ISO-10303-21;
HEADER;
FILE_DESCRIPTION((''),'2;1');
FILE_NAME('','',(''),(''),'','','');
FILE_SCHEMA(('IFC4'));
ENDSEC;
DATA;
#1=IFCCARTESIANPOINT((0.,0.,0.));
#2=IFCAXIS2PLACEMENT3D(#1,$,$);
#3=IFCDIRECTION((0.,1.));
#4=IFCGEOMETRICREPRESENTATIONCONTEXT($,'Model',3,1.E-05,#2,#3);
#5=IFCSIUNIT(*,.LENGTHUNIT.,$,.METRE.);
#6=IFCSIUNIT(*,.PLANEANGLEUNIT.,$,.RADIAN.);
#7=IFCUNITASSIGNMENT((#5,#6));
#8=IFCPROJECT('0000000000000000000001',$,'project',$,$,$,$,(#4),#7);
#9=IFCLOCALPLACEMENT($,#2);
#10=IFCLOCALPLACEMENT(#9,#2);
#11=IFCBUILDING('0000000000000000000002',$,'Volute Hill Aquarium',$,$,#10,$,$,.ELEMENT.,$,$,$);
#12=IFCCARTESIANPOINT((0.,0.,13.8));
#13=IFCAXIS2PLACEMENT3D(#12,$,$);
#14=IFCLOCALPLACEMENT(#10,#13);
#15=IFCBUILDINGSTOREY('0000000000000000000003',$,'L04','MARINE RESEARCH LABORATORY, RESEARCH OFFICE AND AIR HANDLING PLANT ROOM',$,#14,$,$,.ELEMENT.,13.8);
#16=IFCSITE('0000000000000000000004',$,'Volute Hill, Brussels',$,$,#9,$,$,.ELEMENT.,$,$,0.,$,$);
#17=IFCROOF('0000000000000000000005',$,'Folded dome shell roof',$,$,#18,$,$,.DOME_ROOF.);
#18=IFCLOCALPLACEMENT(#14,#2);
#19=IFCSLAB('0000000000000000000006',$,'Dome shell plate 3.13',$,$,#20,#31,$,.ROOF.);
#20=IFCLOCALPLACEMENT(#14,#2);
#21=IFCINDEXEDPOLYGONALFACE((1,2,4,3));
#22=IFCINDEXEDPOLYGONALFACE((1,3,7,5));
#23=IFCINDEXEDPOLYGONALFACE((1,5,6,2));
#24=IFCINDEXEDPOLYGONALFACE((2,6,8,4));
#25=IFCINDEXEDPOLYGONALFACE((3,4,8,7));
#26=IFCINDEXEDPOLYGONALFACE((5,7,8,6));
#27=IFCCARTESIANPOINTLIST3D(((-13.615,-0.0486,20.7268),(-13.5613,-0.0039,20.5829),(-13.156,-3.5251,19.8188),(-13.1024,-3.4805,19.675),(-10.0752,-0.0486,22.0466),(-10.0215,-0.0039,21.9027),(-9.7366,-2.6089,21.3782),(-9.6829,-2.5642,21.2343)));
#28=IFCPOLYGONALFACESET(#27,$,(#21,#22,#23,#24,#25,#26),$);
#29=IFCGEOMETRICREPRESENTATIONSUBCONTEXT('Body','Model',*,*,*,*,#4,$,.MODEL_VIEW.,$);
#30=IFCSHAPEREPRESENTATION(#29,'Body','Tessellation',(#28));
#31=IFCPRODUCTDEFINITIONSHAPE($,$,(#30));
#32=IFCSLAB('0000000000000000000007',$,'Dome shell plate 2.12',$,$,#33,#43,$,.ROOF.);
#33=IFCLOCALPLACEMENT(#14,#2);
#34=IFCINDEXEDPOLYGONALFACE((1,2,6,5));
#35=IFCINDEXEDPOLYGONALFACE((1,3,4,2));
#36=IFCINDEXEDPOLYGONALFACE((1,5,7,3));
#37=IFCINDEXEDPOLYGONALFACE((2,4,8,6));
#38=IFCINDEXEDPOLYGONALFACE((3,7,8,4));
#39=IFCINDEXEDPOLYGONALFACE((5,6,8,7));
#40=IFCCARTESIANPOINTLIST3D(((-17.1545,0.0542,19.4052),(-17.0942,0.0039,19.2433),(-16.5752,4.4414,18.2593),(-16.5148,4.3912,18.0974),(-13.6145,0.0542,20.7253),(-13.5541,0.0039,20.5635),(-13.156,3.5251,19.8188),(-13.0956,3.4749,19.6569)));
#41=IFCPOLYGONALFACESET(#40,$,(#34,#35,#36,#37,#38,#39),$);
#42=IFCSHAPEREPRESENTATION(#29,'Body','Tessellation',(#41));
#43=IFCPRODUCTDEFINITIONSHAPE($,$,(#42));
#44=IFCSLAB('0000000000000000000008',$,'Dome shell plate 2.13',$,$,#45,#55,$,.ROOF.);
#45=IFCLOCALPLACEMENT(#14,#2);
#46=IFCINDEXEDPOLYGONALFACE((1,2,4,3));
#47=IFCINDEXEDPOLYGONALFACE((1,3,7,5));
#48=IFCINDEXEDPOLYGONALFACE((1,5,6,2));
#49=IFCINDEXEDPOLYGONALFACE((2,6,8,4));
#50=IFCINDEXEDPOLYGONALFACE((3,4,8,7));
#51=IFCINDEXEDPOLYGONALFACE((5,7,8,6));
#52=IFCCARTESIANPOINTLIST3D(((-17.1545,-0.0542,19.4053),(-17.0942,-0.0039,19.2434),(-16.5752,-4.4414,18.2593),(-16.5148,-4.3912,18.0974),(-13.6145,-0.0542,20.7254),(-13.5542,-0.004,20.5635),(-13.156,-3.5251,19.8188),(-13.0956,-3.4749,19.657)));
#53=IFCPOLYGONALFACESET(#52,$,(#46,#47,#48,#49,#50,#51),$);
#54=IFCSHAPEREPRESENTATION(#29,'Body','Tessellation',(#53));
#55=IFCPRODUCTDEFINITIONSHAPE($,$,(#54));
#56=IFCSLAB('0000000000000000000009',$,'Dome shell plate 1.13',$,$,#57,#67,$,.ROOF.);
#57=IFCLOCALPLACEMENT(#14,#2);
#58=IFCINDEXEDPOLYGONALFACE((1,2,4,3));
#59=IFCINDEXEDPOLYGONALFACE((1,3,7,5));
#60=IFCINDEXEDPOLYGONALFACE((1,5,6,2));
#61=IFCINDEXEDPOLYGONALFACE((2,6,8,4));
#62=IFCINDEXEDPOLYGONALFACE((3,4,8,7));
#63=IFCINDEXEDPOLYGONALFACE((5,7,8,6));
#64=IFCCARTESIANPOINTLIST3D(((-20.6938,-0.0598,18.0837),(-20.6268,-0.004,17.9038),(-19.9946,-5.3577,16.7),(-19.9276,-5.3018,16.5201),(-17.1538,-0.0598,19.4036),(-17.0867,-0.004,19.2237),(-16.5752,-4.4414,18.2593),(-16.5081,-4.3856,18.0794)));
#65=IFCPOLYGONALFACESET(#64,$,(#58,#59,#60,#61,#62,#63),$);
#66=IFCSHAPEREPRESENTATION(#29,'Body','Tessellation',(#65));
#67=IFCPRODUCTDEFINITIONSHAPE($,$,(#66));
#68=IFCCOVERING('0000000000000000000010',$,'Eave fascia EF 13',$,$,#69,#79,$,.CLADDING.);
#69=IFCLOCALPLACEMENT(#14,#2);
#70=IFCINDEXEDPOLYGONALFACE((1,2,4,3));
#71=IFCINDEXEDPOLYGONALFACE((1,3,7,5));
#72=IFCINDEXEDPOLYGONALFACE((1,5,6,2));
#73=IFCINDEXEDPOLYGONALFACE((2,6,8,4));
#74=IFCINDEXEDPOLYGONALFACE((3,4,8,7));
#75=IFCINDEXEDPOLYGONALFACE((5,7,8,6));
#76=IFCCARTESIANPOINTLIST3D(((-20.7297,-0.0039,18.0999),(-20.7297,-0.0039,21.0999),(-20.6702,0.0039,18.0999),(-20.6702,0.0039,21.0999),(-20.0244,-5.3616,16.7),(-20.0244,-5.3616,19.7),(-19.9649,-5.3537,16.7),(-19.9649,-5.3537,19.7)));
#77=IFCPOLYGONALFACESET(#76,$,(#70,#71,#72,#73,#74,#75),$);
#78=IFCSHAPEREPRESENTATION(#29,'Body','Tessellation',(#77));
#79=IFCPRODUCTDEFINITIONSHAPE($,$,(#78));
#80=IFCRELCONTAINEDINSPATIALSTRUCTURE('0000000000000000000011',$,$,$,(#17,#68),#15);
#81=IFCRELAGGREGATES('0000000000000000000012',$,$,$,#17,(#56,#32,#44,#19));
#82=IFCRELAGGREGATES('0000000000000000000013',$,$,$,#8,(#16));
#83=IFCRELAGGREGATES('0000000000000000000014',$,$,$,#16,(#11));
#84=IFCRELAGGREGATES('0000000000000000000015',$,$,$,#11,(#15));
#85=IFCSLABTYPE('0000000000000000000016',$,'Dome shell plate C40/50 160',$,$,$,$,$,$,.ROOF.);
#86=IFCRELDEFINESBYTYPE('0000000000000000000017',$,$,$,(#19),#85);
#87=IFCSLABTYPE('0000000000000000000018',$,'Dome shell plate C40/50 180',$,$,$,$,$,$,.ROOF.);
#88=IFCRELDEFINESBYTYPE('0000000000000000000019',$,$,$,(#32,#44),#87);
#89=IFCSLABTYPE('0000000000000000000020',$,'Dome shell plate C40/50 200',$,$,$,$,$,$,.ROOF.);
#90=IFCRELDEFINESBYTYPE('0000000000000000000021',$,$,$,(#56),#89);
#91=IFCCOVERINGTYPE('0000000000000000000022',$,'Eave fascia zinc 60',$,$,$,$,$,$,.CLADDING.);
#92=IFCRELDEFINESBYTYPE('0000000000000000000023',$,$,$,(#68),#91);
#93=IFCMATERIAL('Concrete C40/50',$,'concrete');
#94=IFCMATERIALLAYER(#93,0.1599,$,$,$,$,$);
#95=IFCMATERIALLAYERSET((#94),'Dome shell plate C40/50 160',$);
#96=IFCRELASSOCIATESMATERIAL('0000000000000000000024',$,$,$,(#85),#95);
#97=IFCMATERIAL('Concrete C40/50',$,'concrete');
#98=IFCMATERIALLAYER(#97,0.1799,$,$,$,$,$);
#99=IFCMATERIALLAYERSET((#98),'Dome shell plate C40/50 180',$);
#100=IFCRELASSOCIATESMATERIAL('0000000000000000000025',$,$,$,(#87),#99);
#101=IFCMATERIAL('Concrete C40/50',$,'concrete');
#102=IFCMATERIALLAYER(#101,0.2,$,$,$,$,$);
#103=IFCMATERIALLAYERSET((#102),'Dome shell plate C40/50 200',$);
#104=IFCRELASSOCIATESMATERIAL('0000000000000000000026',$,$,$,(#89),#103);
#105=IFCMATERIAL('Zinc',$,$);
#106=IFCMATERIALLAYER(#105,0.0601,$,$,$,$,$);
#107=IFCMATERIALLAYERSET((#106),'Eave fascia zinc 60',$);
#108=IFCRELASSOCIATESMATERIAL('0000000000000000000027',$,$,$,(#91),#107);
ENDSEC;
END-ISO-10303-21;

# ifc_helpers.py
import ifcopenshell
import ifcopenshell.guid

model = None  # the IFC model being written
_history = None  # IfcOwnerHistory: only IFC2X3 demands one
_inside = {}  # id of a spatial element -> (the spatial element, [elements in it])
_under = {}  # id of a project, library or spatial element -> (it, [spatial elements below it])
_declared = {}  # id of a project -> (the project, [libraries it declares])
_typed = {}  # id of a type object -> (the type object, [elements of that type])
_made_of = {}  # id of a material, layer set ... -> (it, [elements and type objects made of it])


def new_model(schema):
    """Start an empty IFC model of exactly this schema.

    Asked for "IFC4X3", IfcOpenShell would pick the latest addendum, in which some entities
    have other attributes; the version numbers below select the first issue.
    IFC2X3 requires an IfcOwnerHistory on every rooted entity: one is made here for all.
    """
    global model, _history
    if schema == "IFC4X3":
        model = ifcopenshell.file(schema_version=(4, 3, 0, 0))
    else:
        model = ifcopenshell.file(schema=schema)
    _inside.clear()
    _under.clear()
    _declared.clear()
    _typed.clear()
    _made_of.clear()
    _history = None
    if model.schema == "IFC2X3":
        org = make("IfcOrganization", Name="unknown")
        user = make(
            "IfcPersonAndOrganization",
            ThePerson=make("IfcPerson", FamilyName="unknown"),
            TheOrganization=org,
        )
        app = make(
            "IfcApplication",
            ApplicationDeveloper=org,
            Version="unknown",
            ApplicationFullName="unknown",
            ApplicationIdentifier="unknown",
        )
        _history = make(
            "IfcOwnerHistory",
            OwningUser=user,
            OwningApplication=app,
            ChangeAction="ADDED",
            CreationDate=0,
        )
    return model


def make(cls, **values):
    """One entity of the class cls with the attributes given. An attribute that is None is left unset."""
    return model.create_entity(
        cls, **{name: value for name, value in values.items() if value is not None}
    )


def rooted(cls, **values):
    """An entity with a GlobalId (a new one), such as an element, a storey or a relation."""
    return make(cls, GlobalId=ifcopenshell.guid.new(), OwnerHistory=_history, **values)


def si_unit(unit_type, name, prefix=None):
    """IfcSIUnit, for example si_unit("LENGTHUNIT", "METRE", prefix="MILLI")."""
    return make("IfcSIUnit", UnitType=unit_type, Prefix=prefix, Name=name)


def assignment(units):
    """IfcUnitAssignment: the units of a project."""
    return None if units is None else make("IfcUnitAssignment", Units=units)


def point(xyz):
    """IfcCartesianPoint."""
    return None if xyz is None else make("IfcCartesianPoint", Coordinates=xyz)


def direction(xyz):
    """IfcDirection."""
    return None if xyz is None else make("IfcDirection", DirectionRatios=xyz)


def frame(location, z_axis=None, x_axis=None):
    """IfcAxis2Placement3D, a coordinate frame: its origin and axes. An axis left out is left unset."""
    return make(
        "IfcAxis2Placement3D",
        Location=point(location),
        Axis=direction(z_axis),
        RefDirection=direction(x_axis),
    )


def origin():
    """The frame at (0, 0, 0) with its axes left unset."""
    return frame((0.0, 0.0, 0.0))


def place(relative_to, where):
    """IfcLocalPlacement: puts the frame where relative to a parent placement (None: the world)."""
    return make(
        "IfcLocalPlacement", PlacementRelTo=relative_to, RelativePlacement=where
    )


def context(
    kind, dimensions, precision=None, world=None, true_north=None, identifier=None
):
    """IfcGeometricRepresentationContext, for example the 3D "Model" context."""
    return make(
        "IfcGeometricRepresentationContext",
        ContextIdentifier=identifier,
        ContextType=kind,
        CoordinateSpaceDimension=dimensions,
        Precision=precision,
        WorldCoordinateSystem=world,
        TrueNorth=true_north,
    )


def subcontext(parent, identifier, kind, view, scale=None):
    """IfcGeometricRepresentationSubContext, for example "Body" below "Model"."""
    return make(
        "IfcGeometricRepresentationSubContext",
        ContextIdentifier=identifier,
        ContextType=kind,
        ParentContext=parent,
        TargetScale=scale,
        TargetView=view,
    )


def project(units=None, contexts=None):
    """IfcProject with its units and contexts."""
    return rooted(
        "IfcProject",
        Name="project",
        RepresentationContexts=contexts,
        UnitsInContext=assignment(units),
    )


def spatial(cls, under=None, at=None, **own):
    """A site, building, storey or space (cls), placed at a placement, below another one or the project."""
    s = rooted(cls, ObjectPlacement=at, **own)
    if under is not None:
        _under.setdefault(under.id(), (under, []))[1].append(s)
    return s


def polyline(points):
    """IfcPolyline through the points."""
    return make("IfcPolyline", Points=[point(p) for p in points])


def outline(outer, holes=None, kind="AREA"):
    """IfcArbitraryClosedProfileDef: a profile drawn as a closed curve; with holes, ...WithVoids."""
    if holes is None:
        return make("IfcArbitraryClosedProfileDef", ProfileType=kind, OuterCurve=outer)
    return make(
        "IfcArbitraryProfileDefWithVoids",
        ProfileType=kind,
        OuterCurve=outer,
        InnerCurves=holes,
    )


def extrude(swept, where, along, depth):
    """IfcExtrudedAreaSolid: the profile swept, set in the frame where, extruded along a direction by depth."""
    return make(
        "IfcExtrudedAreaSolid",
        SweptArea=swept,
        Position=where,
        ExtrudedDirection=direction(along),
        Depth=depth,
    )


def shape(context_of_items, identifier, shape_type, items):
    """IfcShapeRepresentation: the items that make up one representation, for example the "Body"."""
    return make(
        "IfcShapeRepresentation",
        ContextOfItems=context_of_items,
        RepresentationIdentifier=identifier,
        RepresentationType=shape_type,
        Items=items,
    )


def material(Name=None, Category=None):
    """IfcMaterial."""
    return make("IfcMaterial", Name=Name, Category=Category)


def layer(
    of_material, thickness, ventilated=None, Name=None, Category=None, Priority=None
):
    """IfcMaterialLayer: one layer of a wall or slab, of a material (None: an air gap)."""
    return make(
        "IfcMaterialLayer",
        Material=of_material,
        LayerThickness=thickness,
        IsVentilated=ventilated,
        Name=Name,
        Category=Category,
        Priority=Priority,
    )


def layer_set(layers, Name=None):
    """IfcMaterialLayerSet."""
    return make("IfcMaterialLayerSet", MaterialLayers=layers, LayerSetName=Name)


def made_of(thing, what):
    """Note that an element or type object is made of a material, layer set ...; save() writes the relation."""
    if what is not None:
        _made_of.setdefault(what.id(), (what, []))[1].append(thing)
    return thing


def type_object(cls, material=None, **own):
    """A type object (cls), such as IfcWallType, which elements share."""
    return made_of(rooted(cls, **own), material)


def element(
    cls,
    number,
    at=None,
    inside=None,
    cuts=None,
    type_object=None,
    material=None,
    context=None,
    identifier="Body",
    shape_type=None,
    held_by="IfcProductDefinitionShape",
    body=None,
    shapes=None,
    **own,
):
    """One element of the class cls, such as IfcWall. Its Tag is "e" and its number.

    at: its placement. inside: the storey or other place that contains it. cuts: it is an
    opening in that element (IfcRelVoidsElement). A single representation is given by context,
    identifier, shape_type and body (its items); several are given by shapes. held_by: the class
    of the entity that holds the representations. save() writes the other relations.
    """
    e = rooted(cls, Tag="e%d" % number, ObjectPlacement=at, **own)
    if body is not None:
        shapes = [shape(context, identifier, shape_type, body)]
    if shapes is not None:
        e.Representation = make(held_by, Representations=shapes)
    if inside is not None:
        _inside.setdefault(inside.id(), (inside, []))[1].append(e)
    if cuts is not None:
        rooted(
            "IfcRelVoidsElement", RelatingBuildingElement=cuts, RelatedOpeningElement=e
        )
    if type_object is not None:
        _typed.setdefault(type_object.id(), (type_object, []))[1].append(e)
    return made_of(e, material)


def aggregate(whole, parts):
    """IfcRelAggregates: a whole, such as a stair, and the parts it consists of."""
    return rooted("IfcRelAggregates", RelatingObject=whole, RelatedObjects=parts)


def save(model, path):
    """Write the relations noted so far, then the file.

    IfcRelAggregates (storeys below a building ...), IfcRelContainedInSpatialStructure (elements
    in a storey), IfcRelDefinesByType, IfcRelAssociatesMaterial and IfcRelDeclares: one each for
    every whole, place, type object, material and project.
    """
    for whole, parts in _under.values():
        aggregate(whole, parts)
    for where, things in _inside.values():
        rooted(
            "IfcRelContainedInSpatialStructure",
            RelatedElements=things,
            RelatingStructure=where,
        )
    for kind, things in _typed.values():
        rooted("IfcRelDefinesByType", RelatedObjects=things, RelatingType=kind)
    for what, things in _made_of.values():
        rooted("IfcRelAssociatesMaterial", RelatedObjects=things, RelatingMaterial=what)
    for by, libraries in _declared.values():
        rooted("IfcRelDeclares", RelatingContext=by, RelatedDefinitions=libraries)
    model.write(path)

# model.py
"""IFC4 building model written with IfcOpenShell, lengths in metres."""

from ifc_helpers import new_model, si_unit, direction, frame, origin, place, context, subcontext, project, spatial, polyline, outline, extrude, material, layer, layer_set, type_object, element, aggregate, save


model = new_model("IFC4")

# Units and contexts
model_context = context("Model", 3, precision=1e-05, world=origin(), true_north=direction((0.0, 1.0)))
body_context = subcontext(model_context, "Body", "Model", "MODEL_VIEW")
ifc_project = project(units=[si_unit("LENGTHUNIT", "METRE"), si_unit("PLANEANGLEUNIT", "RADIAN")], contexts=[model_context])

# Site, building, storey
site_placement = place(None, origin())
site = spatial("IfcSite", under=ifc_project, at=site_placement, Name="Volute Hill, Brussels", CompositionType="ELEMENT", RefElevation=0.0)
building_placement = place(site_placement, origin())
building = spatial("IfcBuilding", under=site, at=building_placement, Name="Volute Hill Aquarium", CompositionType="ELEMENT")
storey_placement = place(building_placement, frame((0.0, 0.0, 13.8)))
storey = spatial("IfcBuildingStorey", under=building, at=storey_placement, Name="L04", Description="MARINE RESEARCH LABORATORY, RESEARCH OFFICE AND AIR HANDLING PLANT ROOM", CompositionType="ELEMENT", Elevation=13.8)

# Roof, slabs
roof_placement = place(storey_placement, origin())
roof = element("IfcRoof", 1, at=roof_placement, inside=storey, Name="Folded dome shell roof", PredefinedType="DOME_ROOF")
ifc_material_1 = material(Name="Concrete C40/50", Category="concrete")
ifc_layer_1 = layer(ifc_material_1, 0.1599)
ifc_layer_set_1 = layer_set([ifc_layer_1], Name="Dome shell plate C40/50 160")
slab_type_1 = type_object("IfcSlabType", Name="Dome shell plate C40/50 160", PredefinedType="ROOF", material=ifc_layer_set_1)
slab_1_placement = place(storey_placement, frame((-13.615, -0.0486, 20.7268), z_axis=(-0.335457, -0.279264, 0.899711), x_axis=(0.126709, -0.959748, -0.250656)))
slab_1 = element("IfcSlab", 2, at=slab_1_placement, type_object=slab_type_1, Name="Dome shell plate 3.13", PredefinedType="ROOF", context=body_context, shape_type="SweptSolid", body=[
    extrude(outline(polyline([(0.0, 0.0), (3.6224, 0.0), (2.7854, 3.7766), (0.1177, 3.776), (0.0, 0.0)])), origin(), (0.0, 0.0, -1.0), 0.1599),
])
ifc_material_2 = material(Name="Concrete C40/50", Category="concrete")
ifc_layer_2 = layer(ifc_material_2, 0.1799)
ifc_layer_set_2 = layer_set([ifc_layer_2], Name="Dome shell plate C40/50 180")
slab_type_2 = type_object("IfcSlabType", Name="Dome shell plate C40/50 180", PredefinedType="ROOF", material=ifc_layer_set_2)
slab_2_placement = place(storey_placement, frame((-16.5752, 4.4414, 18.2593), z_axis=(-0.335504, 0.279301, 0.899682), x_axis=(-0.126732, -0.959738, 0.250684)))
slab_2 = element("IfcSlab", 3, at=slab_2_placement, type_object=slab_type_2, Name="Dome shell plate 2.12", PredefinedType="ROOF", context=body_context, shape_type="SweptSolid", body=[
    extrude(outline(polyline([(0.0, 0.0), (4.5713, 0.0), (4.4536, 3.7763), (0.837, 3.7765), (0.0, 0.0)])), origin(), (0.0, 0.0, -1.0), 0.1799),
])
slab_3_placement = place(storey_placement, frame((-17.1545, -0.0542, 19.4053), z_axis=(-0.335504, -0.279301, 0.899682), x_axis=(0.126732, -0.959738, -0.250684)))
slab_3 = element("IfcSlab", 4, at=slab_3_placement, type_object=slab_type_2, Name="Dome shell plate 2.13", PredefinedType="ROOF", context=body_context, shape_type="SweptSolid", body=[
    extrude(outline(polyline([(0.0, 0.0), (4.5713, 0.0), (3.7343, 3.7765), (0.1177, 3.7763), (0.0, 0.0)])), origin(), (0.0, 0.0, -1.0), 0.1799),
])
ifc_material_3 = material(Name="Concrete C40/50", Category="concrete")
ifc_layer_3 = layer(ifc_material_3, 0.2)
ifc_layer_set_3 = layer_set([ifc_layer_3], Name="Dome shell plate C40/50 200")
slab_type_3 = type_object("IfcSlabType", Name="Dome shell plate C40/50 200", PredefinedType="ROOF", material=ifc_layer_set_3)
slab_4_placement = place(storey_placement, frame((-20.6938, -0.0598, 18.0837), z_axis=(-0.335446, -0.279271, 0.899713), x_axis=(0.126667, -0.959747, -0.250679)))
slab_4 = element("IfcSlab", 5, at=slab_4_placement, type_object=slab_type_3, Name="Dome shell plate 1.13", PredefinedType="ROOF", context=body_context, shape_type="SweptSolid", body=[
    extrude(outline(polyline([(0.0, 0.0), (5.5201, 0.0), (4.6829, 3.7766), (0.1176, 3.7762), (0.0, 0.0)])), origin(), (0.0, 0.0, -1.0), 0.2),
])
aggregate(roof, [slab_4, slab_2, slab_3, slab_1])

# Covering
ifc_material_4 = material(Name="Zinc")
ifc_layer_4 = layer(ifc_material_4, 0.0601)
ifc_layer_set_4 = layer_set([ifc_layer_4], Name="Eave fascia zinc 60")
covering_type = type_object("IfcCoveringType", Name="Eave fascia zinc 60", PredefinedType="CLADDING", material=ifc_layer_set_4)
covering_placement = place(storey_placement, frame((-20.7297, -0.0039, 18.0999), z_axis=(-0.991446, -0.130521, 0.0), x_axis=(0.12635, -0.959764, -0.250776)))
element("IfcCovering", 6, at=covering_placement, inside=storey, type_object=covering_type, Name="Eave fascia EF 13", PredefinedType="CLADDING", context=body_context, shape_type="SweptSolid", body=[
    extrude(outline(polyline([(0.0, 0.0), (5.5823, 0.0), (4.8299, 2.9041), (-0.7523, 2.9041), (0.0, 0.0)])), origin(), (0.0, 0.0, -1.0), 0.0601),
])

save(model, "model.ifc")
